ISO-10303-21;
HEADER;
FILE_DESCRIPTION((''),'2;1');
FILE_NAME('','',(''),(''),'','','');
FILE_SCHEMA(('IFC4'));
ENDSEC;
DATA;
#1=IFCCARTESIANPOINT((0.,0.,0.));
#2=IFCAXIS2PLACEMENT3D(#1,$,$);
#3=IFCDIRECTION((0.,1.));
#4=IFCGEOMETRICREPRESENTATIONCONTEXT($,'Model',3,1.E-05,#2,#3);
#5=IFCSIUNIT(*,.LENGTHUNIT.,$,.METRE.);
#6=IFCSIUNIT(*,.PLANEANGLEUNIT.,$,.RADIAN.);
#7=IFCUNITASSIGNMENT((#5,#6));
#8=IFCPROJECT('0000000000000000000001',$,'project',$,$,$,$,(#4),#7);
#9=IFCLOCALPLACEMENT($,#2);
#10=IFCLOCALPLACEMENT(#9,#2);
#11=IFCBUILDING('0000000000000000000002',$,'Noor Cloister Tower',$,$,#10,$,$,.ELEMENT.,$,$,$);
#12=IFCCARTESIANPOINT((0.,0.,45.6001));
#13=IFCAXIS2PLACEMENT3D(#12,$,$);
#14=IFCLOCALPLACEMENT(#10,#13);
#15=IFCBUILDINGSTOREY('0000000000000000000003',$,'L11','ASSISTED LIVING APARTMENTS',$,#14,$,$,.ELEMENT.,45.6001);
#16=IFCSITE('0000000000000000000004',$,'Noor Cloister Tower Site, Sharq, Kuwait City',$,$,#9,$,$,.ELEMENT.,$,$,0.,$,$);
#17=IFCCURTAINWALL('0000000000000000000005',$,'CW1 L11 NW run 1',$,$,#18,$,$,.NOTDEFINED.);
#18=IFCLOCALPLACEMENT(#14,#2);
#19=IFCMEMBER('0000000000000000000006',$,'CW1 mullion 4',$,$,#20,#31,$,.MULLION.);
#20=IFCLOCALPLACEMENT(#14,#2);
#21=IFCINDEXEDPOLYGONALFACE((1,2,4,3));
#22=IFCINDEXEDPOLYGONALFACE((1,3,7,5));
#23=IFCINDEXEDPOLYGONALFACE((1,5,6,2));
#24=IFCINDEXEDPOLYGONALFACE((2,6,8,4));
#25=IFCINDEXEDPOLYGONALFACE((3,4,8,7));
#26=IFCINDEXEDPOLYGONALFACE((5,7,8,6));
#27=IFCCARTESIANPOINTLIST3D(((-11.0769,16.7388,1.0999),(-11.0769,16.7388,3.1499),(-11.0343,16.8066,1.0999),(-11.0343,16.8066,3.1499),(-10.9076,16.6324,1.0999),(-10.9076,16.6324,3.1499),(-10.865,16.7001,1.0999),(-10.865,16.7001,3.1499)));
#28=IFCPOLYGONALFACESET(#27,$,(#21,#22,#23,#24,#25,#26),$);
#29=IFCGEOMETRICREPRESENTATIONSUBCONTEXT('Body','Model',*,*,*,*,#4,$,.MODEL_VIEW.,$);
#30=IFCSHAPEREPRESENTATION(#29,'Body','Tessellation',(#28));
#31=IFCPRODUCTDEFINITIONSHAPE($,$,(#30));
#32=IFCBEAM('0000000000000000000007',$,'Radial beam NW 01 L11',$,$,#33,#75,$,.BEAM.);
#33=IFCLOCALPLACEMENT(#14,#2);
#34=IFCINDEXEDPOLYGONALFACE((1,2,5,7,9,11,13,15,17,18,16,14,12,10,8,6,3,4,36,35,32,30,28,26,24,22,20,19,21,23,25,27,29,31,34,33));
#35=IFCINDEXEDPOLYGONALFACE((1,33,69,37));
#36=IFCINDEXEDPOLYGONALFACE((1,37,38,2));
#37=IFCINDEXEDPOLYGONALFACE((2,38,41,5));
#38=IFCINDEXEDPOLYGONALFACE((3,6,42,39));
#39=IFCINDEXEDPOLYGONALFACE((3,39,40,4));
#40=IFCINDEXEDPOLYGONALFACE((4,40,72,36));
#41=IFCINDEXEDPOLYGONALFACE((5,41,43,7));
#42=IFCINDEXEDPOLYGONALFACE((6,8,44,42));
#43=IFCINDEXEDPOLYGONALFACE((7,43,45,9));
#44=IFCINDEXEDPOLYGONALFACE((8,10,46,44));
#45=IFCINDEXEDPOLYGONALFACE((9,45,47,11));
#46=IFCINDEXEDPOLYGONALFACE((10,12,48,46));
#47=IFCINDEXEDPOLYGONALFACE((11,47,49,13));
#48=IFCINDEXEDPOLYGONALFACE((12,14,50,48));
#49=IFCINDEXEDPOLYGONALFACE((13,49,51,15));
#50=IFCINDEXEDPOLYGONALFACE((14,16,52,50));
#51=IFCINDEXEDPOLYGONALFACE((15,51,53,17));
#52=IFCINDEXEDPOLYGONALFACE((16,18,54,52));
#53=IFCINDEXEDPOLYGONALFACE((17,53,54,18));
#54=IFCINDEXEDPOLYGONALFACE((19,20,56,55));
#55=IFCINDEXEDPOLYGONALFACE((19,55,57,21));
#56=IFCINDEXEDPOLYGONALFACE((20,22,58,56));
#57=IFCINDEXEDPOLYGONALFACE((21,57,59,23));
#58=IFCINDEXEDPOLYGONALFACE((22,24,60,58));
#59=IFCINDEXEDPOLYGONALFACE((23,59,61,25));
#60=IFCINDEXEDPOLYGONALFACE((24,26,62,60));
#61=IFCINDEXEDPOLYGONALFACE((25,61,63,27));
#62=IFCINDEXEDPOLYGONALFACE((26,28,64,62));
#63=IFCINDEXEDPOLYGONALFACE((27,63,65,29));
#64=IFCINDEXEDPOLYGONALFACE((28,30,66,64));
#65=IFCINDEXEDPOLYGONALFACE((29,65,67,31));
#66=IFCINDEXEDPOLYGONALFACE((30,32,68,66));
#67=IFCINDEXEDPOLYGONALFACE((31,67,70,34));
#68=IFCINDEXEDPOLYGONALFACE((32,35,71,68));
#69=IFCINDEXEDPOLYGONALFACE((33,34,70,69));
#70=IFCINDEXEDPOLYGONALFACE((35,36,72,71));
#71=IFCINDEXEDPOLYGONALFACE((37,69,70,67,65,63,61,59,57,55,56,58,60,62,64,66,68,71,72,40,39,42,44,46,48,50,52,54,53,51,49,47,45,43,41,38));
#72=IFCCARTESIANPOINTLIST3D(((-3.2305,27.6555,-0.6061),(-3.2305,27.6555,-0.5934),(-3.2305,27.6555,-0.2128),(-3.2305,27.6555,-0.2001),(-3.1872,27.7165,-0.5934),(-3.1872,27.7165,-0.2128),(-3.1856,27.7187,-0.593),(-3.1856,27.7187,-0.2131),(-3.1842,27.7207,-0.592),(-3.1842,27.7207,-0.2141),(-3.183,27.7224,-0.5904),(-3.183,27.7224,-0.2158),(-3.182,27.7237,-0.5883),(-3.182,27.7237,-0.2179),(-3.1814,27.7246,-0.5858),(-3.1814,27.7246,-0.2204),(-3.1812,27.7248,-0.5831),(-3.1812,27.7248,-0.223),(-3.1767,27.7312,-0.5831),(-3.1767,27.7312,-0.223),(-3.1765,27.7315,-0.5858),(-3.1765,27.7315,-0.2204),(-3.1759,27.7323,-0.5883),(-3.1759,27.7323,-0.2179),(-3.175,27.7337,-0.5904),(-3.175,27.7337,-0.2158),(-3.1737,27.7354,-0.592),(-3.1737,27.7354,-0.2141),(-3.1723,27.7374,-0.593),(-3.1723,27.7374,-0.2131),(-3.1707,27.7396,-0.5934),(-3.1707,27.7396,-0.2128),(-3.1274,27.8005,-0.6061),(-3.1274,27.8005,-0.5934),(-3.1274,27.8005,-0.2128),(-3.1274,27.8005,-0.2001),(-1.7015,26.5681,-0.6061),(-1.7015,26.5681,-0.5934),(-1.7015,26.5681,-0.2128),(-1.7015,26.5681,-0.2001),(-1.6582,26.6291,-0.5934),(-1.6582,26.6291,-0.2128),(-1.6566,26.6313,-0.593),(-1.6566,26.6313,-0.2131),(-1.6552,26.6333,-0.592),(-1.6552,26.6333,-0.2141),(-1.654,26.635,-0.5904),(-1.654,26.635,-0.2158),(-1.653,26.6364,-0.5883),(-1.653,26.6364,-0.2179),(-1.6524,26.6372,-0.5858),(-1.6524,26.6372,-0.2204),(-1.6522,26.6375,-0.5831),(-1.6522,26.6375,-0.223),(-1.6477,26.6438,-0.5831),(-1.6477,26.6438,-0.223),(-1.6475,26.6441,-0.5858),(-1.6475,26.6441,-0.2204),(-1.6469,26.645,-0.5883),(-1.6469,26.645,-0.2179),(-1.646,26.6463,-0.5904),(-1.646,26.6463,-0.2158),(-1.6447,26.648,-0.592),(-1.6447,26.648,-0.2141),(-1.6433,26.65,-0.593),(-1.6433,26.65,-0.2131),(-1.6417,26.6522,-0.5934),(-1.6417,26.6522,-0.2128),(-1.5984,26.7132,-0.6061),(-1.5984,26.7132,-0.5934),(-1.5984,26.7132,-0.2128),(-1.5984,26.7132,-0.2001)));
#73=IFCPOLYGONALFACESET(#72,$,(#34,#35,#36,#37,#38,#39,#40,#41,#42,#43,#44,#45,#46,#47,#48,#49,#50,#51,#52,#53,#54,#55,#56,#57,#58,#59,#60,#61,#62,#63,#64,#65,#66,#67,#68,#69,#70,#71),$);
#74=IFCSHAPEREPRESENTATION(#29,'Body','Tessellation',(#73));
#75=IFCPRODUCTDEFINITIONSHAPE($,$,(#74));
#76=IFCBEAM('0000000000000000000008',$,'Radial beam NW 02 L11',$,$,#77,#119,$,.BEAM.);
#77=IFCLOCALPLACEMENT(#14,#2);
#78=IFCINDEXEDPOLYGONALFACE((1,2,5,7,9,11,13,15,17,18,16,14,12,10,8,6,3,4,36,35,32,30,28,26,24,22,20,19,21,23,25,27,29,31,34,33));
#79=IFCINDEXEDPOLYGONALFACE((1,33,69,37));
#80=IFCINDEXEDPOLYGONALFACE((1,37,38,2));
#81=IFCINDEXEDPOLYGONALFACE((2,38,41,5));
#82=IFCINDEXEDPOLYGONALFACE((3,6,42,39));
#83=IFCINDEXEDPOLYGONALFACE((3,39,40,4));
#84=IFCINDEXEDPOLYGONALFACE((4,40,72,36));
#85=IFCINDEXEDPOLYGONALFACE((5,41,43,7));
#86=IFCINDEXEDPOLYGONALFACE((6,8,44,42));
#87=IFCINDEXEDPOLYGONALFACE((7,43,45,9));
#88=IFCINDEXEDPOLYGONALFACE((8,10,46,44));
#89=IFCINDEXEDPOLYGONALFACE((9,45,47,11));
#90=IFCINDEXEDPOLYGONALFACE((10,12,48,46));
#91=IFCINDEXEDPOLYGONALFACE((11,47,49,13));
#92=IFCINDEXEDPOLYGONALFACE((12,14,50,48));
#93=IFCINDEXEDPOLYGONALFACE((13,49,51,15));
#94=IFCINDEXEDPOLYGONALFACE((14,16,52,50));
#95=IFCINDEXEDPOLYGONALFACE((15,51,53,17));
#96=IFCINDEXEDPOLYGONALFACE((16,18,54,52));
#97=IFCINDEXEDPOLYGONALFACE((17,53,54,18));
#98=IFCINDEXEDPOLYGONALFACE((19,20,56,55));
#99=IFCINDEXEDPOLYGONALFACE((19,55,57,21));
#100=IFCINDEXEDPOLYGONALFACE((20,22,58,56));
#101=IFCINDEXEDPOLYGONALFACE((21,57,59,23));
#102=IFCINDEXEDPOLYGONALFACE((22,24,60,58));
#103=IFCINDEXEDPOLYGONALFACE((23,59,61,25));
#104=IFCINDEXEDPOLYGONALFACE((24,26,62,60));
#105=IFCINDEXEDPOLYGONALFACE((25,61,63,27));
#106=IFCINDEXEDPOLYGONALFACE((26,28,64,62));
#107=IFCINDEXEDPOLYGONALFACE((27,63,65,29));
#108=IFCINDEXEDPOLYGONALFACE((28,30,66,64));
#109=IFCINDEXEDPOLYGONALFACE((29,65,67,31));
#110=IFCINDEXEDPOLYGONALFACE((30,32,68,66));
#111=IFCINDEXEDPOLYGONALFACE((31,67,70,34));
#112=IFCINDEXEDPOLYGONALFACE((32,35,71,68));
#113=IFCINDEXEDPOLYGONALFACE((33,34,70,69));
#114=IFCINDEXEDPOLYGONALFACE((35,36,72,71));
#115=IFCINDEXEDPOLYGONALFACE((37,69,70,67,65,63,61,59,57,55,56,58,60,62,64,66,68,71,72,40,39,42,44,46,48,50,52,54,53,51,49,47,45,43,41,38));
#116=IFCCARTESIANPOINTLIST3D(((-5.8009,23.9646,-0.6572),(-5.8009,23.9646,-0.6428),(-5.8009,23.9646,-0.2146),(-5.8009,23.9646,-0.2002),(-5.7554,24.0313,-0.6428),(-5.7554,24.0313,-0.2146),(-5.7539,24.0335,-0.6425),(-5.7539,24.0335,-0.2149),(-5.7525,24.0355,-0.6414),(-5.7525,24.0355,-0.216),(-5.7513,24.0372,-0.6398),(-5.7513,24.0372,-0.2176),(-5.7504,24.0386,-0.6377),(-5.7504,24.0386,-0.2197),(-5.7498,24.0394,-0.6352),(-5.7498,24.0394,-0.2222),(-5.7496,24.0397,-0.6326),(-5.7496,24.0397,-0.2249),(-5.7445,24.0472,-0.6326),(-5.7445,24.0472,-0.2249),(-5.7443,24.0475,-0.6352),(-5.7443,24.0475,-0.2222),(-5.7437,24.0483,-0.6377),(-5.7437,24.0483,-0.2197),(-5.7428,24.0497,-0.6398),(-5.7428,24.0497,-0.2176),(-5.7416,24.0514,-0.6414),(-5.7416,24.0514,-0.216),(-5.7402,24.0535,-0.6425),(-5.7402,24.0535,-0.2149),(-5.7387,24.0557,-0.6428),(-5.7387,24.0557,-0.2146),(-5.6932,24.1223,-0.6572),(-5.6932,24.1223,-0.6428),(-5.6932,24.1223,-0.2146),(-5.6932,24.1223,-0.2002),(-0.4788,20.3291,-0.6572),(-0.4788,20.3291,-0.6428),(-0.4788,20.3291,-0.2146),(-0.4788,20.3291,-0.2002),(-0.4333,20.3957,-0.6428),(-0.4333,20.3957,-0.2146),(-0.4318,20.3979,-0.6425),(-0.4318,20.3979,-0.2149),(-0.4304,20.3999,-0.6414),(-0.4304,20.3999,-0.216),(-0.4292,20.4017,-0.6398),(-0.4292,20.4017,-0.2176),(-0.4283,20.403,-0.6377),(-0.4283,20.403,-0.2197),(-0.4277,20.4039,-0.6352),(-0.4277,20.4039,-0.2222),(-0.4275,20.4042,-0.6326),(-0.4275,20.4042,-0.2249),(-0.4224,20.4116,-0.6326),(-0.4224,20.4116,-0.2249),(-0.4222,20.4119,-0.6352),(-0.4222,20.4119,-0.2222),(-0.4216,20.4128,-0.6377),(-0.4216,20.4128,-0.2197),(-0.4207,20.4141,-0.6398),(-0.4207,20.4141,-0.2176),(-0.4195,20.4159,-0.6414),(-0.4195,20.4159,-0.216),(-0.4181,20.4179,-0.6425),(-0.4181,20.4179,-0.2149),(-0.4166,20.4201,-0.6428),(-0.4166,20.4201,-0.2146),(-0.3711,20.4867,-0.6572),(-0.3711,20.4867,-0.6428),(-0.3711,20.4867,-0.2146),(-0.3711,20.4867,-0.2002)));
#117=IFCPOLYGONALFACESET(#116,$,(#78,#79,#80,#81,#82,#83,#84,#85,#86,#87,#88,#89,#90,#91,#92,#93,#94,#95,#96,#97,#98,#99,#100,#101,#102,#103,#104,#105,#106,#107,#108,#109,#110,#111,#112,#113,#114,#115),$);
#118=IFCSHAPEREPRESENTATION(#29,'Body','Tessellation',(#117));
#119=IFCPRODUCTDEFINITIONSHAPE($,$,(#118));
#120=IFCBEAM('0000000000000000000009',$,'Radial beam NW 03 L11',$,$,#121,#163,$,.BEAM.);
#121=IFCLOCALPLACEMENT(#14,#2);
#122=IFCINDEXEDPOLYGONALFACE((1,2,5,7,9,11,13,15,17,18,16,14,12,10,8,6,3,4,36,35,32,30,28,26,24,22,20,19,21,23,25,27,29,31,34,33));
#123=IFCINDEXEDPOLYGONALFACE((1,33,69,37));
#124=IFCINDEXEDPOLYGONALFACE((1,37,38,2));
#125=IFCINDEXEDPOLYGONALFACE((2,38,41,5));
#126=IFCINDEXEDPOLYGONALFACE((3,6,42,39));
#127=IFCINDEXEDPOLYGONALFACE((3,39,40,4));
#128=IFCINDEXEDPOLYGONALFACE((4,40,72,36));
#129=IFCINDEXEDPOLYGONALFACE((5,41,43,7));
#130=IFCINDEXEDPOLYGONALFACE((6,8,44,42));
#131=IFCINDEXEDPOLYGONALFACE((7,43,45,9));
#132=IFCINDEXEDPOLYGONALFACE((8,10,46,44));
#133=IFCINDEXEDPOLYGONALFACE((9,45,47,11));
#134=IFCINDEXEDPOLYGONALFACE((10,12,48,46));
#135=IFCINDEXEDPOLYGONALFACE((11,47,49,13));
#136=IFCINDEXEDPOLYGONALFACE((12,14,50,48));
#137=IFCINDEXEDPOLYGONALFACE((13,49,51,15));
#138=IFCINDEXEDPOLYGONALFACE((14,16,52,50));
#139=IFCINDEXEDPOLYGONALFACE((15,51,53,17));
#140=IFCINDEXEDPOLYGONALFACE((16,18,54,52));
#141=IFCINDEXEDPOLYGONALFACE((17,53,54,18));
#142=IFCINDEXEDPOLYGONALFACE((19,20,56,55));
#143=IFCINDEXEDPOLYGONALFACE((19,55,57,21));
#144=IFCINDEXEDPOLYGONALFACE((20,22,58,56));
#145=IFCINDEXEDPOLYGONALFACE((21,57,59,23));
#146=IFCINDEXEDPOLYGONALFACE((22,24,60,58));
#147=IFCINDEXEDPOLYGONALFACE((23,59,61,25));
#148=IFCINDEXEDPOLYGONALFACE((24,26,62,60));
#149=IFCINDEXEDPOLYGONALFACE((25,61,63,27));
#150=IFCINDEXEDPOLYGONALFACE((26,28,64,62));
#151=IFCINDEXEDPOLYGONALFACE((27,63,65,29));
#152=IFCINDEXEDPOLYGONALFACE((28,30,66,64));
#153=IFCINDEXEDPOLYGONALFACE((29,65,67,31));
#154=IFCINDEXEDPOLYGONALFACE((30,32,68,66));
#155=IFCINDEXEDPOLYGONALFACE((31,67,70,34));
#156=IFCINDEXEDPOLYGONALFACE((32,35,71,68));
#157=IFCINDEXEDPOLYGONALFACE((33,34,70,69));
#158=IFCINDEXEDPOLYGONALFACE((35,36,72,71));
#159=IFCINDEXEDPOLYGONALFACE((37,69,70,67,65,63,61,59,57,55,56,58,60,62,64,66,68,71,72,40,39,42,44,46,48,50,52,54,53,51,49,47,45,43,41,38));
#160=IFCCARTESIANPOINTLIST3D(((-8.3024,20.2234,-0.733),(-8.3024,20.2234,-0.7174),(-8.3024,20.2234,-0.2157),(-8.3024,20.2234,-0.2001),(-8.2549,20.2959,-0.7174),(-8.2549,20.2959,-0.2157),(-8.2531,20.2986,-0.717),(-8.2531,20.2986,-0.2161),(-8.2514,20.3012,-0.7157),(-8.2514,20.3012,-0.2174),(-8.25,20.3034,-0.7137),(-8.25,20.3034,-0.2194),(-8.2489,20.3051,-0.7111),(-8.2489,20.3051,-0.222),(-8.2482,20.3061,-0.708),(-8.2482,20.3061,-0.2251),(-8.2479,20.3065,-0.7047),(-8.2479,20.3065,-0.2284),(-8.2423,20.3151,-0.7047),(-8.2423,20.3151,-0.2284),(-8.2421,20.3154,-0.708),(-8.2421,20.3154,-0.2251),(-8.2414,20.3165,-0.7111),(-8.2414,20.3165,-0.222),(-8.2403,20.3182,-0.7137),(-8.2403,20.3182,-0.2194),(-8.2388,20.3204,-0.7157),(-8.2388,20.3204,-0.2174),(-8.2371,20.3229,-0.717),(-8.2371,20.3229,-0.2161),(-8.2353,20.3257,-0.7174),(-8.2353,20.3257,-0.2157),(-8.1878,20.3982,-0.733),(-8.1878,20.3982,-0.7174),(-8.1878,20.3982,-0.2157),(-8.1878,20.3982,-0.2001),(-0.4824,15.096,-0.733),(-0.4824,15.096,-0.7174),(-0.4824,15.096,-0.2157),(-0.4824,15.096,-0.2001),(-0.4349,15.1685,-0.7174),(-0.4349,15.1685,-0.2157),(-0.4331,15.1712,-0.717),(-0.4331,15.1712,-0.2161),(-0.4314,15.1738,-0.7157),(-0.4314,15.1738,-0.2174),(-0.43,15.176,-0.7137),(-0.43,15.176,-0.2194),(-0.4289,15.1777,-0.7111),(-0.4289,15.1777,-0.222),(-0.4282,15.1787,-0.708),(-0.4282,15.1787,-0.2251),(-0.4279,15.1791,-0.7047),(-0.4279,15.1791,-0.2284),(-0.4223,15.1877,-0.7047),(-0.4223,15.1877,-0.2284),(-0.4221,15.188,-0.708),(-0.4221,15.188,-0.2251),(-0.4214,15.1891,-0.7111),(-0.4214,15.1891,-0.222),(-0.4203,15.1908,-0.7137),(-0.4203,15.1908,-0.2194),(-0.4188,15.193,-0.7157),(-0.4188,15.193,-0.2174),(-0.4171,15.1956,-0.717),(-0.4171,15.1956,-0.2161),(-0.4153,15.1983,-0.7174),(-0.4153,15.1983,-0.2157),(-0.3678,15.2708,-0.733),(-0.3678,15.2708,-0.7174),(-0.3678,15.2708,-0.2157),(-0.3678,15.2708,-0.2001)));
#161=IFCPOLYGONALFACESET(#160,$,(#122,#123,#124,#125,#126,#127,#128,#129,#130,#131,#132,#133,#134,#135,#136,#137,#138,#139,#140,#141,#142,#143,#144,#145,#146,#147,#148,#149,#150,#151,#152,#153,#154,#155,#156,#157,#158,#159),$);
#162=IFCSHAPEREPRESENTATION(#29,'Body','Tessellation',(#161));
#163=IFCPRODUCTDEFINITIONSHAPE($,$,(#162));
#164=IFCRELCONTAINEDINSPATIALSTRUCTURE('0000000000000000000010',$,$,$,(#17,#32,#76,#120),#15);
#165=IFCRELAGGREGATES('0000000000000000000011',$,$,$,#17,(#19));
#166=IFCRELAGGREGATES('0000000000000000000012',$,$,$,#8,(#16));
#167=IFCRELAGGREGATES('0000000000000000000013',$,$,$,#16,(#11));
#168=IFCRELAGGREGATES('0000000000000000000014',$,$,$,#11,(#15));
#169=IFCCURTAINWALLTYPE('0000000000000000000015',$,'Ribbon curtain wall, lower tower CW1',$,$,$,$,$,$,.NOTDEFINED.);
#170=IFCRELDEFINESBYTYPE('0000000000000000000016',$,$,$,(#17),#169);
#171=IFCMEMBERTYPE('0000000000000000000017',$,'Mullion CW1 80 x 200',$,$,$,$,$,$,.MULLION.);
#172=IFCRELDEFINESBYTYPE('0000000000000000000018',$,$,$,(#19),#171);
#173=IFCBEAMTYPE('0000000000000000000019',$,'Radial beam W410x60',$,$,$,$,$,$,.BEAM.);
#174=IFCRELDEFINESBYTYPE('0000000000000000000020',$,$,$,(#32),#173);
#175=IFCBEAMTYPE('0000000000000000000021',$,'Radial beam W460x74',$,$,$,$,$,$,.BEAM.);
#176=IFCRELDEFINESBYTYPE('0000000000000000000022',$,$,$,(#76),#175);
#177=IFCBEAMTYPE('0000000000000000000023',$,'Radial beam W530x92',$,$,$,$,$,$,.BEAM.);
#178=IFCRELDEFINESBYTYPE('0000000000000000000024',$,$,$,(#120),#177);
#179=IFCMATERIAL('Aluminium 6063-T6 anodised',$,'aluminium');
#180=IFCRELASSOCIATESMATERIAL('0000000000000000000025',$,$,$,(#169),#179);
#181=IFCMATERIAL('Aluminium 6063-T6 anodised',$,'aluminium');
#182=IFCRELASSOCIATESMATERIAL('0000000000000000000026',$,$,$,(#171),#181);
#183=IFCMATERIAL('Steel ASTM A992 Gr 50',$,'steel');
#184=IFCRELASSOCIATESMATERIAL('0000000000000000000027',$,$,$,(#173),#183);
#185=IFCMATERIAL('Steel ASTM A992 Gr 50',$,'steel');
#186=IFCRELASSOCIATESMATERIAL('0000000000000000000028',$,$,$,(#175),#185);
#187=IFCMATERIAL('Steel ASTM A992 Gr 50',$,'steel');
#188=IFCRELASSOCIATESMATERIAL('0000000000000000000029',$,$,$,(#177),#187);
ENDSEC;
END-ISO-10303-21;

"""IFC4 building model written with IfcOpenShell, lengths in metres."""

from ifc_helpers import new_model, si_unit, direction, frame, origin, origin_2d, place, context, subcontext, project, spatial, rectangle, i_section, extrude, material, material_profile, profile_set, type_object, element, aggregate, save


model = new_model("IFC4")

# Units and contexts
model_context = context("Model", 3, precision=1e-05, world=origin(), true_north=direction((0.0, 1.0)))
body_context = subcontext(model_context, "Body", "Model", "MODEL_VIEW")
ifc_project = project(units=[si_unit("LENGTHUNIT", "METRE"), si_unit("PLANEANGLEUNIT", "RADIAN")], contexts=[model_context])

# Site, building, storey
site_placement = place(None, origin())
site = spatial("IfcSite", under=ifc_project, at=site_placement, Name="Noor Cloister Tower Site, Sharq, Kuwait City", CompositionType="ELEMENT", RefElevation=0.0)
building_placement = place(site_placement, origin())
building = spatial("IfcBuilding", under=site, at=building_placement, Name="Noor Cloister Tower", CompositionType="ELEMENT")
storey_placement = place(building_placement, frame((0.0, 0.0, 45.6001)))
storey = spatial("IfcBuildingStorey", under=building, at=storey_placement, Name="L11", Description="ASSISTED LIVING APARTMENTS", CompositionType="ELEMENT", Elevation=45.6001)

# Curtain wall, member
ifc_material_1 = material(Name="Aluminium 6063-T6 anodised", Category="aluminium")
curtain_wall_type = type_object("IfcCurtainWallType", Name="Ribbon curtain wall, lower tower CW1", PredefinedType="NOTDEFINED", material=ifc_material_1)
curtain_wall_placement = place(storey_placement, origin())
curtain_wall = element("IfcCurtainWall", 1, at=curtain_wall_placement, inside=storey, type_object=curtain_wall_type, Name="CW1 L11 NW run 1", PredefinedType="NOTDEFINED")
ifc_material_2 = material(Name="Aluminium 6063-T6 anodised", Category="aluminium")
ifc_material_profile_1 = material_profile(ifc_material_2, rectangle(XDim=0.2, YDim=0.0801, at=origin_2d()), Name="200 x 80 mullion")
ifc_profile_set_1 = profile_set([ifc_material_profile_1], Name="Aluminium 6063-T6 anodised")
member_type = type_object("IfcMemberType", Name="Mullion CW1 80 x 200", PredefinedType="MULLION", material=ifc_profile_set_1)
member_1_placement = place(storey_placement, frame((-10.9709, 16.7195, 1.0999), z_axis=(0.0, 0.0, 1.0), x_axis=(0.846494, -0.532398, 0.0)))
member_1 = element("IfcMember", 2, at=member_1_placement, type_object=member_type, Name="CW1 mullion 4", PredefinedType="MULLION", context=body_context, shape_type="SweptSolid", body=[
    extrude(rectangle(XDim=0.2, YDim=0.0801, at=origin_2d()), origin(), (0.0, 0.0, 1.0), 2.05),
])

# Beams
ifc_material_3 = material(Name="Steel ASTM A992 Gr 50", Category="steel")
ifc_material_profile_2 = material_profile(ifc_material_3, i_section(OverallWidth=0.178, OverallDepth=0.406, WebThickness=0.0078, FlangeThickness=0.0127, FilletRadius=0.0103, at=origin_2d()), Name="W410x60")
ifc_profile_set_2 = profile_set([ifc_material_profile_2], Name="Steel ASTM A992 Gr 50")
beam_type_1 = type_object("IfcBeamType", Name="Radial beam W410x60", PredefinedType="BEAM", material=ifc_profile_set_2)
beam_1_placement = place(storey_placement, frame((-3.179, 27.728, -0.4031), z_axis=(0.814936, -0.579551, 0.0), x_axis=(0.579551, 0.814936, 0.0)))
element("IfcBeam", 3, at=beam_1_placement, inside=storey, type_object=beam_type_1, Name="Radial beam NW 01 L11", PredefinedType="BEAM", context=body_context, shape_type="SweptSolid", body=[
    extrude(i_section(OverallWidth=0.178, OverallDepth=0.406, WebThickness=0.0078, FlangeThickness=0.0127, FilletRadius=0.0103, at=origin_2d()), origin(), (0.0, 0.0, 1.0), 1.8762),
])
ifc_material_4 = material(Name="Steel ASTM A992 Gr 50", Category="steel")
ifc_material_profile_3 = material_profile(ifc_material_4, i_section(OverallWidth=0.1909, OverallDepth=0.457, WebThickness=0.009, FlangeThickness=0.0144, FilletRadius=0.0103, at=origin_2d()), Name="W460x74")
ifc_profile_set_3 = profile_set([ifc_material_profile_3], Name="Steel ASTM A992 Gr 50")
beam_type_2 = type_object("IfcBeamType", Name="Radial beam W460x74", PredefinedType="BEAM", material=ifc_profile_set_3)
beam_2_placement = place(storey_placement, frame((-5.7471, 24.0435, -0.4287), z_axis=(0.825733, -0.564062, 0.0), x_axis=(0.564062, 0.825733, 0.0)))
element("IfcBeam", 4, at=beam_2_placement, inside=storey, type_object=beam_type_2, Name="Radial beam NW 02 L11", PredefinedType="BEAM", context=body_context, shape_type="SweptSolid", body=[
    extrude(i_section(OverallWidth=0.1909, OverallDepth=0.457, WebThickness=0.009, FlangeThickness=0.0144, FilletRadius=0.0103, at=origin_2d()), origin(), (0.0, 0.0, 1.0), 6.4453),
])
ifc_material_5 = material(Name="Steel ASTM A992 Gr 50", Category="steel")
ifc_material_profile_4 = material_profile(ifc_material_5, i_section(OverallWidth=0.209, OverallDepth=0.533, WebThickness=0.0103, FlangeThickness=0.0156, FilletRadius=0.0127, at=origin_2d()), Name="W530x92")
ifc_profile_set_4 = profile_set([ifc_material_profile_4], Name="Steel ASTM A992 Gr 50")
beam_type_3 = type_object("IfcBeamType", Name="Radial beam W530x92", PredefinedType="BEAM", material=ifc_profile_set_4)
beam_3_placement = place(storey_placement, frame((-8.2451, 20.3108, -0.4666), z_axis=(0.836268, -0.548322, 0.0), x_axis=(0.548322, 0.836268, 0.0)))
element("IfcBeam", 5, at=beam_3_placement, inside=storey, type_object=beam_type_3, Name="Radial beam NW 03 L11", PredefinedType="BEAM", context=body_context, shape_type="SweptSolid", body=[
    extrude(i_section(OverallWidth=0.209, OverallDepth=0.533, WebThickness=0.0103, FlangeThickness=0.0156, FilletRadius=0.0127, at=origin_2d()), origin(), (0.0, 0.0, 1.0), 9.3511),
])

aggregate(curtain_wall, [member_1])

save(model, "model.ifc")
